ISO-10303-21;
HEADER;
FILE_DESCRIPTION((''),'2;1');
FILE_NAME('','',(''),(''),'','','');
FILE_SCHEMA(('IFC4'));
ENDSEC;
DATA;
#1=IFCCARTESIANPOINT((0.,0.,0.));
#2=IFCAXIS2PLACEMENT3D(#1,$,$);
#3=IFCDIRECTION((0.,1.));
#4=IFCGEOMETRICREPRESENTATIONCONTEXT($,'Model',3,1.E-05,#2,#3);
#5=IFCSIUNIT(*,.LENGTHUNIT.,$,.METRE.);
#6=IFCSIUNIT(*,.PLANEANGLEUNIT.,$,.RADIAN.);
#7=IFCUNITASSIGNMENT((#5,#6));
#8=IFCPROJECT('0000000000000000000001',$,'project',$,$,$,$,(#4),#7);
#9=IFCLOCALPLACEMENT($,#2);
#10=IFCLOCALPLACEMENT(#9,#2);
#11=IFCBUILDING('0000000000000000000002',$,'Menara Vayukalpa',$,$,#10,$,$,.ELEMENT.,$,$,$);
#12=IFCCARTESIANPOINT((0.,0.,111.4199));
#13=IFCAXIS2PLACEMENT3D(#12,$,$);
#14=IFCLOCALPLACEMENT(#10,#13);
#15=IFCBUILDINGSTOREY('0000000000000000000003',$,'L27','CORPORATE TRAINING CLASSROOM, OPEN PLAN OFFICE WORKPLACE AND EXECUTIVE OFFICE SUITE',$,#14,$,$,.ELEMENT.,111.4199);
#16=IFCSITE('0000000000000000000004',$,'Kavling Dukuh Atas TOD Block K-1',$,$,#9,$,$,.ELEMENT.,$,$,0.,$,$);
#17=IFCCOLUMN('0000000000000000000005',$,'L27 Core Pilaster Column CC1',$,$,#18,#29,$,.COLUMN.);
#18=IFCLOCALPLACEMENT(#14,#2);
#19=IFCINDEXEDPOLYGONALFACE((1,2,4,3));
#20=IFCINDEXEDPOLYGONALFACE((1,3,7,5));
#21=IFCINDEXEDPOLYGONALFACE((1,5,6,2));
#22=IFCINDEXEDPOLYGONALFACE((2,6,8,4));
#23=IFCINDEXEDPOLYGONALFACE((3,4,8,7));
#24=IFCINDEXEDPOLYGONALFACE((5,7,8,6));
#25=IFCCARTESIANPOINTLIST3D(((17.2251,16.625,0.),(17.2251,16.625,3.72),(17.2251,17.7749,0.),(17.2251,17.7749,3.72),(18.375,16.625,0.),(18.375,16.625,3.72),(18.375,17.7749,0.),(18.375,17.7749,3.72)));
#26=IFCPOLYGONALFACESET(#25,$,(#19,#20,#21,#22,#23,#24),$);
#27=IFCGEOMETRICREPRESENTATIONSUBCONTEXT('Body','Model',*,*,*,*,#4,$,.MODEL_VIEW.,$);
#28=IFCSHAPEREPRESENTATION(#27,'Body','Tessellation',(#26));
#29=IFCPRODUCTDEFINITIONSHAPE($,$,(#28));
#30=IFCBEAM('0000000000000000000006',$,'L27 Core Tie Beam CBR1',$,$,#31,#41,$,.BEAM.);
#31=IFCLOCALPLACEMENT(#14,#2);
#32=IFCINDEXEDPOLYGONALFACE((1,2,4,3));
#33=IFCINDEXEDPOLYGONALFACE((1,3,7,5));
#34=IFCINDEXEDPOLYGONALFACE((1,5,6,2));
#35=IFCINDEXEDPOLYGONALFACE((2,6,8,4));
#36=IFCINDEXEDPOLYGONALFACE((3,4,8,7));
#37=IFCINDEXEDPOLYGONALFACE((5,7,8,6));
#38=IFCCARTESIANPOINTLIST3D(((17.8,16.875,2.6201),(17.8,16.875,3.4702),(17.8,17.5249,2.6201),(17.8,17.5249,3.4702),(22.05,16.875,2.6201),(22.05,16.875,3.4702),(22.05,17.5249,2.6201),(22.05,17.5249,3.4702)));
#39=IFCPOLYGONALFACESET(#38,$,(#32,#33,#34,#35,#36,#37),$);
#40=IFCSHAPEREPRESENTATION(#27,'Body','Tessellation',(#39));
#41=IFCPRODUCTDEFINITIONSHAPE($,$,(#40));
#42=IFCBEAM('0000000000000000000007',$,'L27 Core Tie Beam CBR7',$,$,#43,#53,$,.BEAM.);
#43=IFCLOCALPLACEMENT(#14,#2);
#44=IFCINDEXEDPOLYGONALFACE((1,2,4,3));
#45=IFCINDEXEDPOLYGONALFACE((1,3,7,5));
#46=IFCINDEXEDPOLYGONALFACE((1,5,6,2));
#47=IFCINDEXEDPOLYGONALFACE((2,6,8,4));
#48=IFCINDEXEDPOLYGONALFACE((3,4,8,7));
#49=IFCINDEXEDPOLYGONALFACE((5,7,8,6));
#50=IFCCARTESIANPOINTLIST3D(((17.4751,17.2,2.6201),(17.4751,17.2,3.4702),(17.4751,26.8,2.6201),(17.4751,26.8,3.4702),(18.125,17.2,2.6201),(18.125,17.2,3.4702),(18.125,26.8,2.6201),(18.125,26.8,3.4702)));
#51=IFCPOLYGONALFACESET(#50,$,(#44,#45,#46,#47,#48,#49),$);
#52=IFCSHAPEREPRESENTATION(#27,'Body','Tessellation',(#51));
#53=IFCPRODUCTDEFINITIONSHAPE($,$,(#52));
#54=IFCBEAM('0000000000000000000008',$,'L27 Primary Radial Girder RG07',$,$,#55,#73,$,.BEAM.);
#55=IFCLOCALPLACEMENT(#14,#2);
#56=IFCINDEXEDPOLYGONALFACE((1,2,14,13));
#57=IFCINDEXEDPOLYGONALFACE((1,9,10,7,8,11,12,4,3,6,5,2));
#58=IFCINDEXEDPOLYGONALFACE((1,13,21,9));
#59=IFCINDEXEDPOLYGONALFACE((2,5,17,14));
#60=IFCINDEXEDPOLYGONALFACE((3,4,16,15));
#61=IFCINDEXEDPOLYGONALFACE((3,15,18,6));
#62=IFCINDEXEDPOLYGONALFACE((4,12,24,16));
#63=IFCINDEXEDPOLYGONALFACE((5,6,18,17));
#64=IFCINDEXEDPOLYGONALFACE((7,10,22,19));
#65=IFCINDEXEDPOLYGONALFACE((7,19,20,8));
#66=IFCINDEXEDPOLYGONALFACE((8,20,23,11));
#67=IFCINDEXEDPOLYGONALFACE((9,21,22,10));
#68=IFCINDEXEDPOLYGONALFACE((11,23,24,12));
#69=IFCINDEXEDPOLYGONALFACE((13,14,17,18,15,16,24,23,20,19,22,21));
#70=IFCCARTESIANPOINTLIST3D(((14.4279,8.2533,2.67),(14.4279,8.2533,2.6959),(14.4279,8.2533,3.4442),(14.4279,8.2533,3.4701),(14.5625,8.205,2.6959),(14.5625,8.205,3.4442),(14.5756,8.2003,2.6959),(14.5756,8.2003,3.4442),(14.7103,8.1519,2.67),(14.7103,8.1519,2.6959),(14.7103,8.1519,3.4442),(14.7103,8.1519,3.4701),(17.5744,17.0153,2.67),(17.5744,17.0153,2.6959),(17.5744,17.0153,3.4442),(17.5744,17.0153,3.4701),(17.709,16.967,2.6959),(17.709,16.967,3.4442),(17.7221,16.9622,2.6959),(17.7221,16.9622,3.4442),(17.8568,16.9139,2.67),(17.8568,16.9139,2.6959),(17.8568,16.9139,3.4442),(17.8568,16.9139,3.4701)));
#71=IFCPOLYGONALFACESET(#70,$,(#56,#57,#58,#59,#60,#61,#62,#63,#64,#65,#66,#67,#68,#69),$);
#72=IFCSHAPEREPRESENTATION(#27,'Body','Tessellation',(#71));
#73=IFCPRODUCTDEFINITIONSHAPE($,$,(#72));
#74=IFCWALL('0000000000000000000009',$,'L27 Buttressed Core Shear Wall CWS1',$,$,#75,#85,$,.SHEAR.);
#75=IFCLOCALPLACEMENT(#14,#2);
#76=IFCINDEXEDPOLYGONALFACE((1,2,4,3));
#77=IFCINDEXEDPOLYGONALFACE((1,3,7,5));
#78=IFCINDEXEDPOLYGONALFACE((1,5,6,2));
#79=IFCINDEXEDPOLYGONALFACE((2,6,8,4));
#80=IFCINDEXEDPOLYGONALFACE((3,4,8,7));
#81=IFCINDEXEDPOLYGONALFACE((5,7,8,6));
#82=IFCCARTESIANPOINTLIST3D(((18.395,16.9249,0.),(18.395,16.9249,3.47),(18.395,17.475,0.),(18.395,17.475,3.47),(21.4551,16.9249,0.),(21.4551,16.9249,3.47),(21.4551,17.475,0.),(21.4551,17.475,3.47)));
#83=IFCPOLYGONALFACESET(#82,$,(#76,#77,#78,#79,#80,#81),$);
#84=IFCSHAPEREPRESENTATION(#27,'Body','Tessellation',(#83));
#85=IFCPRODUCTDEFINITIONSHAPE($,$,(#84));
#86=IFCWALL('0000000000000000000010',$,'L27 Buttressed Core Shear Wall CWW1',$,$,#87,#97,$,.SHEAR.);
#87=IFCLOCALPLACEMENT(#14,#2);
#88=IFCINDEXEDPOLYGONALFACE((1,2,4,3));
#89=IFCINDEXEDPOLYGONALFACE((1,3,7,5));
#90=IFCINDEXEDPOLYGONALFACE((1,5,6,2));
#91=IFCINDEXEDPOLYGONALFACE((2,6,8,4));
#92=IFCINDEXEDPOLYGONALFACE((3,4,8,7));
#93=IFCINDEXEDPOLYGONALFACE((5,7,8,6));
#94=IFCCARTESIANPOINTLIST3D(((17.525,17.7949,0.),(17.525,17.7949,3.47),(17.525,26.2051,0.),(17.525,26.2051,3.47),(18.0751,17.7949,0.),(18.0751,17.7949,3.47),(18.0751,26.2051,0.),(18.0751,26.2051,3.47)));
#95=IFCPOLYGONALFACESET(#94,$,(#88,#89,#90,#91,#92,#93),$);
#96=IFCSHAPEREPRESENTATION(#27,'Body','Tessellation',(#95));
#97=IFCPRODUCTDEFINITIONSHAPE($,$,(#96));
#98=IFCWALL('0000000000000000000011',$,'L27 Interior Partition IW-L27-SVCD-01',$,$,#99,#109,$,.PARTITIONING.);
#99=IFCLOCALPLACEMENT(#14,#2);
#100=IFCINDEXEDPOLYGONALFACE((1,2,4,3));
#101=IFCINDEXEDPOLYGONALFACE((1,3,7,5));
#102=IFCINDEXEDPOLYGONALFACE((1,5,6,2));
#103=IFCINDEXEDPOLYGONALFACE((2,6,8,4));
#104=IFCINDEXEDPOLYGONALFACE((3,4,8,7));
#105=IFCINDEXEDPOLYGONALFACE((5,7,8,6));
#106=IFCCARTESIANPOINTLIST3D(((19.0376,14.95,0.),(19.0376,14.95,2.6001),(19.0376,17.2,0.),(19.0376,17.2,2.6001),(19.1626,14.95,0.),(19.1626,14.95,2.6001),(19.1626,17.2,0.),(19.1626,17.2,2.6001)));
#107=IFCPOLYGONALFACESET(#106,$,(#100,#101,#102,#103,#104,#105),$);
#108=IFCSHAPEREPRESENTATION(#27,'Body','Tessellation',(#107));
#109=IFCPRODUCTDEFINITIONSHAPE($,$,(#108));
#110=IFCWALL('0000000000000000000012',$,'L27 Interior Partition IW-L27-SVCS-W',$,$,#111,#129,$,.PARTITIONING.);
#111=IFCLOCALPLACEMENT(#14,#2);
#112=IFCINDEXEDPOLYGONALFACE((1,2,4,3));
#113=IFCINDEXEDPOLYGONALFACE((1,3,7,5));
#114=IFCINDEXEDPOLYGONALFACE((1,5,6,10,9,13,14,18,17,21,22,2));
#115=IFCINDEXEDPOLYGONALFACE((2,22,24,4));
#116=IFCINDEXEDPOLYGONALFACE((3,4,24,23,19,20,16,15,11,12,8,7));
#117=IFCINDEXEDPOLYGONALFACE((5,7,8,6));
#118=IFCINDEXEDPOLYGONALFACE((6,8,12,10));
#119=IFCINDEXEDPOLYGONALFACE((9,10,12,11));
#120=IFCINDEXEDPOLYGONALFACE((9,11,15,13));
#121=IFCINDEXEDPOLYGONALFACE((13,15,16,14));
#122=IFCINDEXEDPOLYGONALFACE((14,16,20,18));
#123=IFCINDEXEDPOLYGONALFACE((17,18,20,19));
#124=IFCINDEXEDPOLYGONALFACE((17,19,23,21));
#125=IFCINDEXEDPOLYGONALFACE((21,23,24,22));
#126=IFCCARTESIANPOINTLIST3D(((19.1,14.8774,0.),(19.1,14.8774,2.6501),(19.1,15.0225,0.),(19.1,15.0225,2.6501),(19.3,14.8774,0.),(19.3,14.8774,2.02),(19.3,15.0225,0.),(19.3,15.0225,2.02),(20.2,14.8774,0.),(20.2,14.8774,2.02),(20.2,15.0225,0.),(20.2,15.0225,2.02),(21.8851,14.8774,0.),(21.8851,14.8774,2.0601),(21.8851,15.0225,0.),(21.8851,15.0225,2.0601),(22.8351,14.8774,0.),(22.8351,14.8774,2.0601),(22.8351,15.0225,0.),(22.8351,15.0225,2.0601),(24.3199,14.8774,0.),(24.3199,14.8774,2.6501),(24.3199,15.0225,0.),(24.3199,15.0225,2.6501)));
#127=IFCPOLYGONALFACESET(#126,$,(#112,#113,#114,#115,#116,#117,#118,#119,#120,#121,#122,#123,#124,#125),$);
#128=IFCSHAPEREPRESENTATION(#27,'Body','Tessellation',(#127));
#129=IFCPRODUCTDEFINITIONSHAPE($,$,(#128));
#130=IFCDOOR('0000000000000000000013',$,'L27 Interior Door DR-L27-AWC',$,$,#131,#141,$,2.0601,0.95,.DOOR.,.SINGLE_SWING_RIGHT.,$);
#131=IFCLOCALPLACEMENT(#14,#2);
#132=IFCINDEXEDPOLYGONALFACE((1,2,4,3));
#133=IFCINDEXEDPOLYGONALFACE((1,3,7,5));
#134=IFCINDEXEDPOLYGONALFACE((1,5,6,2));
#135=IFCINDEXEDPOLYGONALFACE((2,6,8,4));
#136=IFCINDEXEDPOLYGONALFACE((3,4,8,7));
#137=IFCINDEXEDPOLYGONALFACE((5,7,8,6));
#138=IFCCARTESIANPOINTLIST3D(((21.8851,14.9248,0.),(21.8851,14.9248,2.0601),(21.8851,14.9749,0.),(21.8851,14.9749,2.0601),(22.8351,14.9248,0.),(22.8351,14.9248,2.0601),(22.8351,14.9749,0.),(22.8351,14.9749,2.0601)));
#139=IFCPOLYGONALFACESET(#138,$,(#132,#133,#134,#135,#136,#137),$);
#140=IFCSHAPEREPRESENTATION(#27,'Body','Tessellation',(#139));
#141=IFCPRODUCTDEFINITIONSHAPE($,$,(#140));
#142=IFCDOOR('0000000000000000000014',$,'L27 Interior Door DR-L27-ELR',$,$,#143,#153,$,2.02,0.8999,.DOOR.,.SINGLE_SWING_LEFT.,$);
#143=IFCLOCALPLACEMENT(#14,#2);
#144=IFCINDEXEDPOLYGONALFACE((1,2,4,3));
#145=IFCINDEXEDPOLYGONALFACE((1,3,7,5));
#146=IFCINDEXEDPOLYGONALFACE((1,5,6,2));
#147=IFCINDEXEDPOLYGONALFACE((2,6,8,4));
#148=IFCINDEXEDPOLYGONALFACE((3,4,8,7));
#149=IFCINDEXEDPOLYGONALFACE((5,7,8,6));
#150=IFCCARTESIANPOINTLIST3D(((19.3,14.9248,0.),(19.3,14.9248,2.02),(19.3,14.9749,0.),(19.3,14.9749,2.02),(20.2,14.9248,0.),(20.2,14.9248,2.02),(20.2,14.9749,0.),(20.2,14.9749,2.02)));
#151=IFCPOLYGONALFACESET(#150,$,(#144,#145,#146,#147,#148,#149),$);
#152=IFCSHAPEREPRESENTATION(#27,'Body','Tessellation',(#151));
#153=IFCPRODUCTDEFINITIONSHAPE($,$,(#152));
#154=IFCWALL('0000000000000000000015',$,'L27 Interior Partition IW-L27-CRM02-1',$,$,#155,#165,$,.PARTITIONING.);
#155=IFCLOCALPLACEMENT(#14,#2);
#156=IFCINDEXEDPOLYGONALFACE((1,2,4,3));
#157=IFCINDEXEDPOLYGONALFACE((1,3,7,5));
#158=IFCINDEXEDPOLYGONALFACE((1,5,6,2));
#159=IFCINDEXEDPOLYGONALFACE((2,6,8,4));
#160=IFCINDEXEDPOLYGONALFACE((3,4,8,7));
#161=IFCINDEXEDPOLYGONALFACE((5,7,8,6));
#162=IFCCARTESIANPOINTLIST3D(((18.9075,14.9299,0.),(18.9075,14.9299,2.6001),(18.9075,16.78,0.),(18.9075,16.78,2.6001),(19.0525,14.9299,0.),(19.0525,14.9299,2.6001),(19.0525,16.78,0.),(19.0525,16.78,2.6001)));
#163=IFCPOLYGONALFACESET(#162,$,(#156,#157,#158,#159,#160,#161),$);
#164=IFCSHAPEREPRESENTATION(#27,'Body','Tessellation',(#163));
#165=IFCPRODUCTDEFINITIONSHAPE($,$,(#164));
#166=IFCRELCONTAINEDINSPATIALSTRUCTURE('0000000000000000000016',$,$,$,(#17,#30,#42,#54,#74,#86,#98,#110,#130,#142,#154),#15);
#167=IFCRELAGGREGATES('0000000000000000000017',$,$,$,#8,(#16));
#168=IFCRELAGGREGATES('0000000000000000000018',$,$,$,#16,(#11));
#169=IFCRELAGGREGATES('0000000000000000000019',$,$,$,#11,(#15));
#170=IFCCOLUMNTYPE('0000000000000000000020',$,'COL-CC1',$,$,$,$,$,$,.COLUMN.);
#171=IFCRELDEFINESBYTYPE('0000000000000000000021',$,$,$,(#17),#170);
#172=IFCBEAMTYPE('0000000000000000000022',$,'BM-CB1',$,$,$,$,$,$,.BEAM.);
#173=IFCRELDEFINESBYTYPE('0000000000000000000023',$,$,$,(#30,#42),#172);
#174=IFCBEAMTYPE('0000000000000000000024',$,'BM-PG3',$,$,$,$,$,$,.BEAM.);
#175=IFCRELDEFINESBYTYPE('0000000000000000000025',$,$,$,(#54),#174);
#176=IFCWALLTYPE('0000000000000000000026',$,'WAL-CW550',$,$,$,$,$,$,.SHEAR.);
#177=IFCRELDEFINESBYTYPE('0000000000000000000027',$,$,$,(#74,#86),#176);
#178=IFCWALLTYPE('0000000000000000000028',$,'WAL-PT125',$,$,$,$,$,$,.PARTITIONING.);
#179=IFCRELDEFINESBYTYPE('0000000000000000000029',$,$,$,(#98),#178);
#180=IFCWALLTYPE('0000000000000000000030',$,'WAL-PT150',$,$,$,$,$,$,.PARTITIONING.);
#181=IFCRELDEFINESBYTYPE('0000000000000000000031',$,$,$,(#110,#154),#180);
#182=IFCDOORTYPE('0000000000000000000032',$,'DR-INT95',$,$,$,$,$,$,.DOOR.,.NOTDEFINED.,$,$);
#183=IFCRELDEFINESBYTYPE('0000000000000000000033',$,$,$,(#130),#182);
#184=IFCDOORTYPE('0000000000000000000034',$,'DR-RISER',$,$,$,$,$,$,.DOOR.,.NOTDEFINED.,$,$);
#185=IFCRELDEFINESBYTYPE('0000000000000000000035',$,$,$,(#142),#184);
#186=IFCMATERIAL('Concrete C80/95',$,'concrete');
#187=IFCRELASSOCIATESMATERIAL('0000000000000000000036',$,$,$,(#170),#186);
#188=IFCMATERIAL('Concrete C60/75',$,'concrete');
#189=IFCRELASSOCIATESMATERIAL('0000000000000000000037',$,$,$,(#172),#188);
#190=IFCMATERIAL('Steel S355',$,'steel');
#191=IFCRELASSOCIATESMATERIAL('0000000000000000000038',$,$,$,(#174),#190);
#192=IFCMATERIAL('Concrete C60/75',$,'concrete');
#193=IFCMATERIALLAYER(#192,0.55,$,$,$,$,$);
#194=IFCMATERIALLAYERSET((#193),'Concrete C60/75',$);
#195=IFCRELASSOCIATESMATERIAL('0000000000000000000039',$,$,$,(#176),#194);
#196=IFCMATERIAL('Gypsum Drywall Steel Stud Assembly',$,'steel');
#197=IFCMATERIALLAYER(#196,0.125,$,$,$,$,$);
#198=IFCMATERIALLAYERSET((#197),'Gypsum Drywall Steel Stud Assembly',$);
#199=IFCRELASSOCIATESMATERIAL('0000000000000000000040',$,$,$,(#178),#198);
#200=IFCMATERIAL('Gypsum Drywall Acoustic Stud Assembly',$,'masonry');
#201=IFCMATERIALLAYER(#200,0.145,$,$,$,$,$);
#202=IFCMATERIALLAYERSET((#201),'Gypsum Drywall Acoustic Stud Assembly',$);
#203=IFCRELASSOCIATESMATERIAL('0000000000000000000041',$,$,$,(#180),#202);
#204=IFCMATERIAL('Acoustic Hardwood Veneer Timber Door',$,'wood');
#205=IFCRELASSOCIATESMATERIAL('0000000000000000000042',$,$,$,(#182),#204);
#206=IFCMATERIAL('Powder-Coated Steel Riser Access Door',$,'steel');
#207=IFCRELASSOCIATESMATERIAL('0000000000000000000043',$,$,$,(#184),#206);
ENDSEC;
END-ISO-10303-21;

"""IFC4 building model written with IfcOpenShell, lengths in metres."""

from ifc_helpers import new_model, si_unit, direction, frame, frame_2d, origin, origin_2d, place, context, subcontext, project, spatial, rectangle, i_section, extrude, material, layer, layer_set, material_profile, profile_set, type_object, element, fill, save


model = new_model("IFC4")

# Units and contexts
model_context = context("Model", 3, precision=1e-05, world=origin(), true_north=direction((0.0, 1.0)))
body_context = subcontext(model_context, "Body", "Model", "MODEL_VIEW")
ifc_project = project(units=[si_unit("LENGTHUNIT", "METRE"), si_unit("PLANEANGLEUNIT", "RADIAN")], contexts=[model_context])

# Site, building, storey
site_placement = place(None, origin())
site = spatial("IfcSite", under=ifc_project, at=site_placement, Name="Kavling Dukuh Atas TOD Block K-1", CompositionType="ELEMENT", RefElevation=0.0)
building_placement = place(site_placement, origin())
building = spatial("IfcBuilding", under=site, at=building_placement, Name="Menara Vayukalpa", CompositionType="ELEMENT")
storey_placement = place(building_placement, frame((0.0, 0.0, 111.4199)))
storey = spatial("IfcBuildingStorey", under=building, at=storey_placement, Name="L27", Description="CORPORATE TRAINING CLASSROOM, OPEN PLAN OFFICE WORKPLACE AND EXECUTIVE OFFICE SUITE", CompositionType="ELEMENT", Elevation=111.4199)

# Column
ifc_material_1 = material(Name="Concrete C80/95", Category="concrete")
ifc_material_profile_1 = material_profile(ifc_material_1, rectangle(XDim=1.1499, YDim=1.1499, at=origin_2d()), Name="RC 1150x1150")
ifc_profile_set_1 = profile_set([ifc_material_profile_1], Name="Concrete C80/95")
column_type = type_object("IfcColumnType", Name="COL-CC1", PredefinedType="COLUMN", material=ifc_profile_set_1)
column_placement = place(storey_placement, frame((17.8, 17.2, 0.0), z_axis=(0.0, 0.0, 1.0), x_axis=(1.0, 0.0, 0.0)))
element("IfcColumn", 1, at=column_placement, inside=storey, type_object=column_type, Name="L27 Core Pilaster Column CC1", PredefinedType="COLUMN", context=body_context, shape_type="SweptSolid", body=[
    extrude(rectangle(XDim=1.1499, YDim=1.1499, at=origin_2d()), origin(), (0.0, 0.0, 1.0), 3.72),
])

# Beams
ifc_material_2 = material(Name="Concrete C60/75", Category="concrete")
ifc_material_profile_2 = material_profile(ifc_material_2, rectangle(XDim=0.6499, YDim=0.8501, at=origin_2d()), Name="RC 650x850")
ifc_profile_set_2 = profile_set([ifc_material_profile_2], Name="Concrete C60/75")
beam_type_1 = type_object("IfcBeamType", Name="BM-CB1", PredefinedType="BEAM", material=ifc_profile_set_2)
beam_1_placement = place(storey_placement, frame((17.8, 17.2, 3.0452), z_axis=(1.0, 0.0, 0.0), x_axis=(0.0, 1.0, 0.0)))
element("IfcBeam", 2, at=beam_1_placement, inside=storey, type_object=beam_type_1, Name="L27 Core Tie Beam CBR1", PredefinedType="BEAM", context=body_context, shape_type="SweptSolid", body=[
    extrude(rectangle(XDim=0.6499, YDim=0.8501, at=origin_2d()), origin(), (0.0, 0.0, 1.0), 4.25),
])
beam_2_placement = place(storey_placement, frame((17.8, 17.2, 3.0452), z_axis=(0.0, 1.0, 0.0), x_axis=(-1.0, 0.0, 0.0)))
element("IfcBeam", 3, at=beam_2_placement, inside=storey, type_object=beam_type_1, Name="L27 Core Tie Beam CBR7", PredefinedType="BEAM", context=body_context, shape_type="SweptSolid", body=[
    extrude(rectangle(XDim=0.6499, YDim=0.8501, at=origin_2d()), origin(), (0.0, 0.0, 1.0), 9.6001),
])
ifc_material_3 = material(Name="Steel S355", Category="steel")
ifc_material_profile_3 = material_profile(ifc_material_3, i_section(OverallWidth=0.3, OverallDepth=0.8, WebThickness=0.0139, FlangeThickness=0.0259, at=origin_2d()), Name="WF 800x300x14x26")
ifc_profile_set_3 = profile_set([ifc_material_profile_3], Name="Steel S355")
beam_type_2 = type_object("IfcBeamType", Name="BM-PG3", PredefinedType="BEAM", material=ifc_profile_set_3)
beam_3_placement = place(storey_placement, frame((17.7156, 16.9646, 3.0701), z_axis=(-0.337976, -0.941155, 0.0), x_axis=(0.941155, -0.337976, 0.0)))
element("IfcBeam", 4, at=beam_3_placement, inside=storey, type_object=beam_type_2, Name="L27 Primary Radial Girder RG07", PredefinedType="BEAM", context=body_context, shape_type="SweptSolid", body=[
    extrude(i_section(OverallWidth=0.3, OverallDepth=0.8, WebThickness=0.0139, FlangeThickness=0.0259, at=origin_2d()), origin(), (0.0, 0.0, 1.0), 9.3098),
])

# Walls
ifc_material_4 = material(Name="Concrete C60/75", Category="concrete")
ifc_layer_1 = layer(ifc_material_4, 0.55)
ifc_layer_set_1 = layer_set([ifc_layer_1], Name="Concrete C60/75")
wall_type_1 = type_object("IfcWallType", Name="WAL-CW550", PredefinedType="SHEAR", material=ifc_layer_set_1)
wall_1_placement = place(storey_placement, frame((18.395, 17.2, 0.0), z_axis=(0.0, 0.0, 1.0), x_axis=(1.0, 0.0, 0.0)))
element("IfcWall", 5, at=wall_1_placement, inside=storey, type_object=wall_type_1, Name="L27 Buttressed Core Shear Wall CWS1", PredefinedType="SHEAR", context=body_context, shape_type="SweptSolid", body=[
    extrude(rectangle(XDim=3.0601, YDim=0.55, at=frame_2d((1.53, 0.0))), origin(), (0.0, 0.0, 1.0), 3.47),
])
wall_2_placement = place(storey_placement, frame((17.8, 17.7949, 0.0), z_axis=(0.0, 0.0, 1.0), x_axis=(0.0, 1.0, 0.0)))
element("IfcWall", 6, at=wall_2_placement, inside=storey, type_object=wall_type_1, Name="L27 Buttressed Core Shear Wall CWW1", PredefinedType="SHEAR", context=body_context, shape_type="SweptSolid", body=[
    extrude(rectangle(XDim=8.4102, YDim=0.55, at=frame_2d((4.2051, 0.0))), origin(), (0.0, 0.0, 1.0), 3.47),
])
ifc_material_5 = material(Name="Gypsum Drywall Steel Stud Assembly", Category="steel")
ifc_layer_2 = layer(ifc_material_5, 0.125)
ifc_layer_set_2 = layer_set([ifc_layer_2], Name="Gypsum Drywall Steel Stud Assembly")
wall_type_2 = type_object("IfcWallType", Name="WAL-PT125", PredefinedType="PARTITIONING", material=ifc_layer_set_2)
wall_3_placement = place(storey_placement, frame((19.1001, 14.95, 0.0), z_axis=(0.0, 0.0, 1.0), x_axis=(0.0, 1.0, 0.0)))
element("IfcWall", 7, at=wall_3_placement, inside=storey, type_object=wall_type_2, Name="L27 Interior Partition IW-L27-SVCD-01", PredefinedType="PARTITIONING", context=body_context, shape_type="SweptSolid", body=[
    extrude(rectangle(XDim=2.25, YDim=0.125, at=frame_2d((1.125, 0.0))), origin(), (0.0, 0.0, 1.0), 2.6001),
])

# Wall, openings, doors
ifc_material_6 = material(Name="Gypsum Drywall Acoustic Stud Assembly", Category="masonry")
ifc_layer_3 = layer(ifc_material_6, 0.145)
ifc_layer_set_3 = layer_set([ifc_layer_3], Name="Gypsum Drywall Acoustic Stud Assembly")
wall_type_3 = type_object("IfcWallType", Name="WAL-PT150", PredefinedType="PARTITIONING", material=ifc_layer_set_3)
wall_4_placement = place(storey_placement, frame((19.1001, 14.95, 0.0), z_axis=(0.0, 0.0, 1.0), x_axis=(1.0, 0.0, 0.0)))
wall_4 = element("IfcWall", 8, at=wall_4_placement, inside=storey, type_object=wall_type_3, Name="L27 Interior Partition IW-L27-SVCS-W", PredefinedType="PARTITIONING", context=body_context, shape_type="SweptSolid", body=[
    extrude(rectangle(XDim=5.22, YDim=0.145, at=frame_2d((2.6099, 0.0))), origin(), (0.0, 0.0, 1.0), 2.6501),
])
opening_1_placement = place(wall_4_placement, frame((0.2, 0.0, 0.0)))
opening_1 = element("IfcOpeningElement", 9, at=opening_1_placement, cuts=wall_4, PredefinedType="OPENING", context=body_context, shape_type="SweptSolid", body=[
    extrude(rectangle(XDim=0.8999, YDim=2.02, at=frame_2d((0.45, 1.01))), frame((0.0, 0.0825, 0.0), z_axis=(0.0, -1.0, 0.0), x_axis=(1.0, 0.0, 0.0)), (0.0, 0.0, 1.0), 0.165),
])
opening_2_placement = place(wall_4_placement, frame((2.7849, 0.0, 0.0)))
opening_2 = element("IfcOpeningElement", 10, at=opening_2_placement, cuts=wall_4, PredefinedType="OPENING", context=body_context, shape_type="SweptSolid", body=[
    extrude(rectangle(XDim=0.95, YDim=2.0601, at=frame_2d((0.4751, 1.03))), frame((0.0, 0.0825, 0.0), z_axis=(0.0, -1.0, 0.0), x_axis=(1.0, 0.0, 0.0)), (0.0, 0.0, 1.0), 0.165),
])
ifc_material_7 = material(Name="Acoustic Hardwood Veneer Timber Door", Category="wood")
door_type_1 = type_object("IfcDoorType", Name="DR-INT95", OperationType="NOTDEFINED", PredefinedType="DOOR", material=ifc_material_7)
door_1_placement = place(opening_2_placement, origin())
door_1 = element("IfcDoor", 11, at=door_1_placement, inside=storey, type_object=door_type_1, Name="L27 Interior Door DR-L27-AWC", OperationType="SINGLE_SWING_RIGHT", OverallHeight=2.0601, OverallWidth=0.95, PredefinedType="DOOR", context=body_context, shape_type="SweptSolid", body=[
    extrude(rectangle(XDim=0.95, YDim=2.0601, at=frame_2d((0.4751, 1.03))), frame((0.0, 0.0249, 0.0), z_axis=(0.0, -1.0, 0.0), x_axis=(1.0, 0.0, 0.0)), (0.0, 0.0, 1.0), 0.05),
])
fill(opening_2, door_1)
ifc_material_8 = material(Name="Powder-Coated Steel Riser Access Door", Category="steel")
door_type_2 = type_object("IfcDoorType", Name="DR-RISER", OperationType="NOTDEFINED", PredefinedType="DOOR", material=ifc_material_8)
door_2_placement = place(opening_1_placement, origin())
door_2 = element("IfcDoor", 12, at=door_2_placement, inside=storey, type_object=door_type_2, Name="L27 Interior Door DR-L27-ELR", OperationType="SINGLE_SWING_LEFT", OverallHeight=2.02, OverallWidth=0.8999, PredefinedType="DOOR", context=body_context, shape_type="SweptSolid", body=[
    extrude(rectangle(XDim=0.8999, YDim=2.02, at=frame_2d((0.45, 1.01))), frame((0.0, 0.0249, 0.0), z_axis=(0.0, -1.0, 0.0), x_axis=(1.0, 0.0, 0.0)), (0.0, 0.0, 1.0), 0.05),
])
fill(opening_1, door_2)

# Wall
wall_5_placement = place(storey_placement, frame((18.98, 16.78, 0.0), z_axis=(0.0, 0.0, 1.0), x_axis=(0.0, -1.0, 0.0)))
element("IfcWall", 13, at=wall_5_placement, inside=storey, type_object=wall_type_3, Name="L27 Interior Partition IW-L27-CRM02-1", PredefinedType="PARTITIONING", context=body_context, shape_type="SweptSolid", body=[
    extrude(rectangle(XDim=1.8501, YDim=0.145, at=frame_2d((0.925, 0.0))), origin(), (0.0, 0.0, 1.0), 2.6001),
])

save(model, "model.ifc")
